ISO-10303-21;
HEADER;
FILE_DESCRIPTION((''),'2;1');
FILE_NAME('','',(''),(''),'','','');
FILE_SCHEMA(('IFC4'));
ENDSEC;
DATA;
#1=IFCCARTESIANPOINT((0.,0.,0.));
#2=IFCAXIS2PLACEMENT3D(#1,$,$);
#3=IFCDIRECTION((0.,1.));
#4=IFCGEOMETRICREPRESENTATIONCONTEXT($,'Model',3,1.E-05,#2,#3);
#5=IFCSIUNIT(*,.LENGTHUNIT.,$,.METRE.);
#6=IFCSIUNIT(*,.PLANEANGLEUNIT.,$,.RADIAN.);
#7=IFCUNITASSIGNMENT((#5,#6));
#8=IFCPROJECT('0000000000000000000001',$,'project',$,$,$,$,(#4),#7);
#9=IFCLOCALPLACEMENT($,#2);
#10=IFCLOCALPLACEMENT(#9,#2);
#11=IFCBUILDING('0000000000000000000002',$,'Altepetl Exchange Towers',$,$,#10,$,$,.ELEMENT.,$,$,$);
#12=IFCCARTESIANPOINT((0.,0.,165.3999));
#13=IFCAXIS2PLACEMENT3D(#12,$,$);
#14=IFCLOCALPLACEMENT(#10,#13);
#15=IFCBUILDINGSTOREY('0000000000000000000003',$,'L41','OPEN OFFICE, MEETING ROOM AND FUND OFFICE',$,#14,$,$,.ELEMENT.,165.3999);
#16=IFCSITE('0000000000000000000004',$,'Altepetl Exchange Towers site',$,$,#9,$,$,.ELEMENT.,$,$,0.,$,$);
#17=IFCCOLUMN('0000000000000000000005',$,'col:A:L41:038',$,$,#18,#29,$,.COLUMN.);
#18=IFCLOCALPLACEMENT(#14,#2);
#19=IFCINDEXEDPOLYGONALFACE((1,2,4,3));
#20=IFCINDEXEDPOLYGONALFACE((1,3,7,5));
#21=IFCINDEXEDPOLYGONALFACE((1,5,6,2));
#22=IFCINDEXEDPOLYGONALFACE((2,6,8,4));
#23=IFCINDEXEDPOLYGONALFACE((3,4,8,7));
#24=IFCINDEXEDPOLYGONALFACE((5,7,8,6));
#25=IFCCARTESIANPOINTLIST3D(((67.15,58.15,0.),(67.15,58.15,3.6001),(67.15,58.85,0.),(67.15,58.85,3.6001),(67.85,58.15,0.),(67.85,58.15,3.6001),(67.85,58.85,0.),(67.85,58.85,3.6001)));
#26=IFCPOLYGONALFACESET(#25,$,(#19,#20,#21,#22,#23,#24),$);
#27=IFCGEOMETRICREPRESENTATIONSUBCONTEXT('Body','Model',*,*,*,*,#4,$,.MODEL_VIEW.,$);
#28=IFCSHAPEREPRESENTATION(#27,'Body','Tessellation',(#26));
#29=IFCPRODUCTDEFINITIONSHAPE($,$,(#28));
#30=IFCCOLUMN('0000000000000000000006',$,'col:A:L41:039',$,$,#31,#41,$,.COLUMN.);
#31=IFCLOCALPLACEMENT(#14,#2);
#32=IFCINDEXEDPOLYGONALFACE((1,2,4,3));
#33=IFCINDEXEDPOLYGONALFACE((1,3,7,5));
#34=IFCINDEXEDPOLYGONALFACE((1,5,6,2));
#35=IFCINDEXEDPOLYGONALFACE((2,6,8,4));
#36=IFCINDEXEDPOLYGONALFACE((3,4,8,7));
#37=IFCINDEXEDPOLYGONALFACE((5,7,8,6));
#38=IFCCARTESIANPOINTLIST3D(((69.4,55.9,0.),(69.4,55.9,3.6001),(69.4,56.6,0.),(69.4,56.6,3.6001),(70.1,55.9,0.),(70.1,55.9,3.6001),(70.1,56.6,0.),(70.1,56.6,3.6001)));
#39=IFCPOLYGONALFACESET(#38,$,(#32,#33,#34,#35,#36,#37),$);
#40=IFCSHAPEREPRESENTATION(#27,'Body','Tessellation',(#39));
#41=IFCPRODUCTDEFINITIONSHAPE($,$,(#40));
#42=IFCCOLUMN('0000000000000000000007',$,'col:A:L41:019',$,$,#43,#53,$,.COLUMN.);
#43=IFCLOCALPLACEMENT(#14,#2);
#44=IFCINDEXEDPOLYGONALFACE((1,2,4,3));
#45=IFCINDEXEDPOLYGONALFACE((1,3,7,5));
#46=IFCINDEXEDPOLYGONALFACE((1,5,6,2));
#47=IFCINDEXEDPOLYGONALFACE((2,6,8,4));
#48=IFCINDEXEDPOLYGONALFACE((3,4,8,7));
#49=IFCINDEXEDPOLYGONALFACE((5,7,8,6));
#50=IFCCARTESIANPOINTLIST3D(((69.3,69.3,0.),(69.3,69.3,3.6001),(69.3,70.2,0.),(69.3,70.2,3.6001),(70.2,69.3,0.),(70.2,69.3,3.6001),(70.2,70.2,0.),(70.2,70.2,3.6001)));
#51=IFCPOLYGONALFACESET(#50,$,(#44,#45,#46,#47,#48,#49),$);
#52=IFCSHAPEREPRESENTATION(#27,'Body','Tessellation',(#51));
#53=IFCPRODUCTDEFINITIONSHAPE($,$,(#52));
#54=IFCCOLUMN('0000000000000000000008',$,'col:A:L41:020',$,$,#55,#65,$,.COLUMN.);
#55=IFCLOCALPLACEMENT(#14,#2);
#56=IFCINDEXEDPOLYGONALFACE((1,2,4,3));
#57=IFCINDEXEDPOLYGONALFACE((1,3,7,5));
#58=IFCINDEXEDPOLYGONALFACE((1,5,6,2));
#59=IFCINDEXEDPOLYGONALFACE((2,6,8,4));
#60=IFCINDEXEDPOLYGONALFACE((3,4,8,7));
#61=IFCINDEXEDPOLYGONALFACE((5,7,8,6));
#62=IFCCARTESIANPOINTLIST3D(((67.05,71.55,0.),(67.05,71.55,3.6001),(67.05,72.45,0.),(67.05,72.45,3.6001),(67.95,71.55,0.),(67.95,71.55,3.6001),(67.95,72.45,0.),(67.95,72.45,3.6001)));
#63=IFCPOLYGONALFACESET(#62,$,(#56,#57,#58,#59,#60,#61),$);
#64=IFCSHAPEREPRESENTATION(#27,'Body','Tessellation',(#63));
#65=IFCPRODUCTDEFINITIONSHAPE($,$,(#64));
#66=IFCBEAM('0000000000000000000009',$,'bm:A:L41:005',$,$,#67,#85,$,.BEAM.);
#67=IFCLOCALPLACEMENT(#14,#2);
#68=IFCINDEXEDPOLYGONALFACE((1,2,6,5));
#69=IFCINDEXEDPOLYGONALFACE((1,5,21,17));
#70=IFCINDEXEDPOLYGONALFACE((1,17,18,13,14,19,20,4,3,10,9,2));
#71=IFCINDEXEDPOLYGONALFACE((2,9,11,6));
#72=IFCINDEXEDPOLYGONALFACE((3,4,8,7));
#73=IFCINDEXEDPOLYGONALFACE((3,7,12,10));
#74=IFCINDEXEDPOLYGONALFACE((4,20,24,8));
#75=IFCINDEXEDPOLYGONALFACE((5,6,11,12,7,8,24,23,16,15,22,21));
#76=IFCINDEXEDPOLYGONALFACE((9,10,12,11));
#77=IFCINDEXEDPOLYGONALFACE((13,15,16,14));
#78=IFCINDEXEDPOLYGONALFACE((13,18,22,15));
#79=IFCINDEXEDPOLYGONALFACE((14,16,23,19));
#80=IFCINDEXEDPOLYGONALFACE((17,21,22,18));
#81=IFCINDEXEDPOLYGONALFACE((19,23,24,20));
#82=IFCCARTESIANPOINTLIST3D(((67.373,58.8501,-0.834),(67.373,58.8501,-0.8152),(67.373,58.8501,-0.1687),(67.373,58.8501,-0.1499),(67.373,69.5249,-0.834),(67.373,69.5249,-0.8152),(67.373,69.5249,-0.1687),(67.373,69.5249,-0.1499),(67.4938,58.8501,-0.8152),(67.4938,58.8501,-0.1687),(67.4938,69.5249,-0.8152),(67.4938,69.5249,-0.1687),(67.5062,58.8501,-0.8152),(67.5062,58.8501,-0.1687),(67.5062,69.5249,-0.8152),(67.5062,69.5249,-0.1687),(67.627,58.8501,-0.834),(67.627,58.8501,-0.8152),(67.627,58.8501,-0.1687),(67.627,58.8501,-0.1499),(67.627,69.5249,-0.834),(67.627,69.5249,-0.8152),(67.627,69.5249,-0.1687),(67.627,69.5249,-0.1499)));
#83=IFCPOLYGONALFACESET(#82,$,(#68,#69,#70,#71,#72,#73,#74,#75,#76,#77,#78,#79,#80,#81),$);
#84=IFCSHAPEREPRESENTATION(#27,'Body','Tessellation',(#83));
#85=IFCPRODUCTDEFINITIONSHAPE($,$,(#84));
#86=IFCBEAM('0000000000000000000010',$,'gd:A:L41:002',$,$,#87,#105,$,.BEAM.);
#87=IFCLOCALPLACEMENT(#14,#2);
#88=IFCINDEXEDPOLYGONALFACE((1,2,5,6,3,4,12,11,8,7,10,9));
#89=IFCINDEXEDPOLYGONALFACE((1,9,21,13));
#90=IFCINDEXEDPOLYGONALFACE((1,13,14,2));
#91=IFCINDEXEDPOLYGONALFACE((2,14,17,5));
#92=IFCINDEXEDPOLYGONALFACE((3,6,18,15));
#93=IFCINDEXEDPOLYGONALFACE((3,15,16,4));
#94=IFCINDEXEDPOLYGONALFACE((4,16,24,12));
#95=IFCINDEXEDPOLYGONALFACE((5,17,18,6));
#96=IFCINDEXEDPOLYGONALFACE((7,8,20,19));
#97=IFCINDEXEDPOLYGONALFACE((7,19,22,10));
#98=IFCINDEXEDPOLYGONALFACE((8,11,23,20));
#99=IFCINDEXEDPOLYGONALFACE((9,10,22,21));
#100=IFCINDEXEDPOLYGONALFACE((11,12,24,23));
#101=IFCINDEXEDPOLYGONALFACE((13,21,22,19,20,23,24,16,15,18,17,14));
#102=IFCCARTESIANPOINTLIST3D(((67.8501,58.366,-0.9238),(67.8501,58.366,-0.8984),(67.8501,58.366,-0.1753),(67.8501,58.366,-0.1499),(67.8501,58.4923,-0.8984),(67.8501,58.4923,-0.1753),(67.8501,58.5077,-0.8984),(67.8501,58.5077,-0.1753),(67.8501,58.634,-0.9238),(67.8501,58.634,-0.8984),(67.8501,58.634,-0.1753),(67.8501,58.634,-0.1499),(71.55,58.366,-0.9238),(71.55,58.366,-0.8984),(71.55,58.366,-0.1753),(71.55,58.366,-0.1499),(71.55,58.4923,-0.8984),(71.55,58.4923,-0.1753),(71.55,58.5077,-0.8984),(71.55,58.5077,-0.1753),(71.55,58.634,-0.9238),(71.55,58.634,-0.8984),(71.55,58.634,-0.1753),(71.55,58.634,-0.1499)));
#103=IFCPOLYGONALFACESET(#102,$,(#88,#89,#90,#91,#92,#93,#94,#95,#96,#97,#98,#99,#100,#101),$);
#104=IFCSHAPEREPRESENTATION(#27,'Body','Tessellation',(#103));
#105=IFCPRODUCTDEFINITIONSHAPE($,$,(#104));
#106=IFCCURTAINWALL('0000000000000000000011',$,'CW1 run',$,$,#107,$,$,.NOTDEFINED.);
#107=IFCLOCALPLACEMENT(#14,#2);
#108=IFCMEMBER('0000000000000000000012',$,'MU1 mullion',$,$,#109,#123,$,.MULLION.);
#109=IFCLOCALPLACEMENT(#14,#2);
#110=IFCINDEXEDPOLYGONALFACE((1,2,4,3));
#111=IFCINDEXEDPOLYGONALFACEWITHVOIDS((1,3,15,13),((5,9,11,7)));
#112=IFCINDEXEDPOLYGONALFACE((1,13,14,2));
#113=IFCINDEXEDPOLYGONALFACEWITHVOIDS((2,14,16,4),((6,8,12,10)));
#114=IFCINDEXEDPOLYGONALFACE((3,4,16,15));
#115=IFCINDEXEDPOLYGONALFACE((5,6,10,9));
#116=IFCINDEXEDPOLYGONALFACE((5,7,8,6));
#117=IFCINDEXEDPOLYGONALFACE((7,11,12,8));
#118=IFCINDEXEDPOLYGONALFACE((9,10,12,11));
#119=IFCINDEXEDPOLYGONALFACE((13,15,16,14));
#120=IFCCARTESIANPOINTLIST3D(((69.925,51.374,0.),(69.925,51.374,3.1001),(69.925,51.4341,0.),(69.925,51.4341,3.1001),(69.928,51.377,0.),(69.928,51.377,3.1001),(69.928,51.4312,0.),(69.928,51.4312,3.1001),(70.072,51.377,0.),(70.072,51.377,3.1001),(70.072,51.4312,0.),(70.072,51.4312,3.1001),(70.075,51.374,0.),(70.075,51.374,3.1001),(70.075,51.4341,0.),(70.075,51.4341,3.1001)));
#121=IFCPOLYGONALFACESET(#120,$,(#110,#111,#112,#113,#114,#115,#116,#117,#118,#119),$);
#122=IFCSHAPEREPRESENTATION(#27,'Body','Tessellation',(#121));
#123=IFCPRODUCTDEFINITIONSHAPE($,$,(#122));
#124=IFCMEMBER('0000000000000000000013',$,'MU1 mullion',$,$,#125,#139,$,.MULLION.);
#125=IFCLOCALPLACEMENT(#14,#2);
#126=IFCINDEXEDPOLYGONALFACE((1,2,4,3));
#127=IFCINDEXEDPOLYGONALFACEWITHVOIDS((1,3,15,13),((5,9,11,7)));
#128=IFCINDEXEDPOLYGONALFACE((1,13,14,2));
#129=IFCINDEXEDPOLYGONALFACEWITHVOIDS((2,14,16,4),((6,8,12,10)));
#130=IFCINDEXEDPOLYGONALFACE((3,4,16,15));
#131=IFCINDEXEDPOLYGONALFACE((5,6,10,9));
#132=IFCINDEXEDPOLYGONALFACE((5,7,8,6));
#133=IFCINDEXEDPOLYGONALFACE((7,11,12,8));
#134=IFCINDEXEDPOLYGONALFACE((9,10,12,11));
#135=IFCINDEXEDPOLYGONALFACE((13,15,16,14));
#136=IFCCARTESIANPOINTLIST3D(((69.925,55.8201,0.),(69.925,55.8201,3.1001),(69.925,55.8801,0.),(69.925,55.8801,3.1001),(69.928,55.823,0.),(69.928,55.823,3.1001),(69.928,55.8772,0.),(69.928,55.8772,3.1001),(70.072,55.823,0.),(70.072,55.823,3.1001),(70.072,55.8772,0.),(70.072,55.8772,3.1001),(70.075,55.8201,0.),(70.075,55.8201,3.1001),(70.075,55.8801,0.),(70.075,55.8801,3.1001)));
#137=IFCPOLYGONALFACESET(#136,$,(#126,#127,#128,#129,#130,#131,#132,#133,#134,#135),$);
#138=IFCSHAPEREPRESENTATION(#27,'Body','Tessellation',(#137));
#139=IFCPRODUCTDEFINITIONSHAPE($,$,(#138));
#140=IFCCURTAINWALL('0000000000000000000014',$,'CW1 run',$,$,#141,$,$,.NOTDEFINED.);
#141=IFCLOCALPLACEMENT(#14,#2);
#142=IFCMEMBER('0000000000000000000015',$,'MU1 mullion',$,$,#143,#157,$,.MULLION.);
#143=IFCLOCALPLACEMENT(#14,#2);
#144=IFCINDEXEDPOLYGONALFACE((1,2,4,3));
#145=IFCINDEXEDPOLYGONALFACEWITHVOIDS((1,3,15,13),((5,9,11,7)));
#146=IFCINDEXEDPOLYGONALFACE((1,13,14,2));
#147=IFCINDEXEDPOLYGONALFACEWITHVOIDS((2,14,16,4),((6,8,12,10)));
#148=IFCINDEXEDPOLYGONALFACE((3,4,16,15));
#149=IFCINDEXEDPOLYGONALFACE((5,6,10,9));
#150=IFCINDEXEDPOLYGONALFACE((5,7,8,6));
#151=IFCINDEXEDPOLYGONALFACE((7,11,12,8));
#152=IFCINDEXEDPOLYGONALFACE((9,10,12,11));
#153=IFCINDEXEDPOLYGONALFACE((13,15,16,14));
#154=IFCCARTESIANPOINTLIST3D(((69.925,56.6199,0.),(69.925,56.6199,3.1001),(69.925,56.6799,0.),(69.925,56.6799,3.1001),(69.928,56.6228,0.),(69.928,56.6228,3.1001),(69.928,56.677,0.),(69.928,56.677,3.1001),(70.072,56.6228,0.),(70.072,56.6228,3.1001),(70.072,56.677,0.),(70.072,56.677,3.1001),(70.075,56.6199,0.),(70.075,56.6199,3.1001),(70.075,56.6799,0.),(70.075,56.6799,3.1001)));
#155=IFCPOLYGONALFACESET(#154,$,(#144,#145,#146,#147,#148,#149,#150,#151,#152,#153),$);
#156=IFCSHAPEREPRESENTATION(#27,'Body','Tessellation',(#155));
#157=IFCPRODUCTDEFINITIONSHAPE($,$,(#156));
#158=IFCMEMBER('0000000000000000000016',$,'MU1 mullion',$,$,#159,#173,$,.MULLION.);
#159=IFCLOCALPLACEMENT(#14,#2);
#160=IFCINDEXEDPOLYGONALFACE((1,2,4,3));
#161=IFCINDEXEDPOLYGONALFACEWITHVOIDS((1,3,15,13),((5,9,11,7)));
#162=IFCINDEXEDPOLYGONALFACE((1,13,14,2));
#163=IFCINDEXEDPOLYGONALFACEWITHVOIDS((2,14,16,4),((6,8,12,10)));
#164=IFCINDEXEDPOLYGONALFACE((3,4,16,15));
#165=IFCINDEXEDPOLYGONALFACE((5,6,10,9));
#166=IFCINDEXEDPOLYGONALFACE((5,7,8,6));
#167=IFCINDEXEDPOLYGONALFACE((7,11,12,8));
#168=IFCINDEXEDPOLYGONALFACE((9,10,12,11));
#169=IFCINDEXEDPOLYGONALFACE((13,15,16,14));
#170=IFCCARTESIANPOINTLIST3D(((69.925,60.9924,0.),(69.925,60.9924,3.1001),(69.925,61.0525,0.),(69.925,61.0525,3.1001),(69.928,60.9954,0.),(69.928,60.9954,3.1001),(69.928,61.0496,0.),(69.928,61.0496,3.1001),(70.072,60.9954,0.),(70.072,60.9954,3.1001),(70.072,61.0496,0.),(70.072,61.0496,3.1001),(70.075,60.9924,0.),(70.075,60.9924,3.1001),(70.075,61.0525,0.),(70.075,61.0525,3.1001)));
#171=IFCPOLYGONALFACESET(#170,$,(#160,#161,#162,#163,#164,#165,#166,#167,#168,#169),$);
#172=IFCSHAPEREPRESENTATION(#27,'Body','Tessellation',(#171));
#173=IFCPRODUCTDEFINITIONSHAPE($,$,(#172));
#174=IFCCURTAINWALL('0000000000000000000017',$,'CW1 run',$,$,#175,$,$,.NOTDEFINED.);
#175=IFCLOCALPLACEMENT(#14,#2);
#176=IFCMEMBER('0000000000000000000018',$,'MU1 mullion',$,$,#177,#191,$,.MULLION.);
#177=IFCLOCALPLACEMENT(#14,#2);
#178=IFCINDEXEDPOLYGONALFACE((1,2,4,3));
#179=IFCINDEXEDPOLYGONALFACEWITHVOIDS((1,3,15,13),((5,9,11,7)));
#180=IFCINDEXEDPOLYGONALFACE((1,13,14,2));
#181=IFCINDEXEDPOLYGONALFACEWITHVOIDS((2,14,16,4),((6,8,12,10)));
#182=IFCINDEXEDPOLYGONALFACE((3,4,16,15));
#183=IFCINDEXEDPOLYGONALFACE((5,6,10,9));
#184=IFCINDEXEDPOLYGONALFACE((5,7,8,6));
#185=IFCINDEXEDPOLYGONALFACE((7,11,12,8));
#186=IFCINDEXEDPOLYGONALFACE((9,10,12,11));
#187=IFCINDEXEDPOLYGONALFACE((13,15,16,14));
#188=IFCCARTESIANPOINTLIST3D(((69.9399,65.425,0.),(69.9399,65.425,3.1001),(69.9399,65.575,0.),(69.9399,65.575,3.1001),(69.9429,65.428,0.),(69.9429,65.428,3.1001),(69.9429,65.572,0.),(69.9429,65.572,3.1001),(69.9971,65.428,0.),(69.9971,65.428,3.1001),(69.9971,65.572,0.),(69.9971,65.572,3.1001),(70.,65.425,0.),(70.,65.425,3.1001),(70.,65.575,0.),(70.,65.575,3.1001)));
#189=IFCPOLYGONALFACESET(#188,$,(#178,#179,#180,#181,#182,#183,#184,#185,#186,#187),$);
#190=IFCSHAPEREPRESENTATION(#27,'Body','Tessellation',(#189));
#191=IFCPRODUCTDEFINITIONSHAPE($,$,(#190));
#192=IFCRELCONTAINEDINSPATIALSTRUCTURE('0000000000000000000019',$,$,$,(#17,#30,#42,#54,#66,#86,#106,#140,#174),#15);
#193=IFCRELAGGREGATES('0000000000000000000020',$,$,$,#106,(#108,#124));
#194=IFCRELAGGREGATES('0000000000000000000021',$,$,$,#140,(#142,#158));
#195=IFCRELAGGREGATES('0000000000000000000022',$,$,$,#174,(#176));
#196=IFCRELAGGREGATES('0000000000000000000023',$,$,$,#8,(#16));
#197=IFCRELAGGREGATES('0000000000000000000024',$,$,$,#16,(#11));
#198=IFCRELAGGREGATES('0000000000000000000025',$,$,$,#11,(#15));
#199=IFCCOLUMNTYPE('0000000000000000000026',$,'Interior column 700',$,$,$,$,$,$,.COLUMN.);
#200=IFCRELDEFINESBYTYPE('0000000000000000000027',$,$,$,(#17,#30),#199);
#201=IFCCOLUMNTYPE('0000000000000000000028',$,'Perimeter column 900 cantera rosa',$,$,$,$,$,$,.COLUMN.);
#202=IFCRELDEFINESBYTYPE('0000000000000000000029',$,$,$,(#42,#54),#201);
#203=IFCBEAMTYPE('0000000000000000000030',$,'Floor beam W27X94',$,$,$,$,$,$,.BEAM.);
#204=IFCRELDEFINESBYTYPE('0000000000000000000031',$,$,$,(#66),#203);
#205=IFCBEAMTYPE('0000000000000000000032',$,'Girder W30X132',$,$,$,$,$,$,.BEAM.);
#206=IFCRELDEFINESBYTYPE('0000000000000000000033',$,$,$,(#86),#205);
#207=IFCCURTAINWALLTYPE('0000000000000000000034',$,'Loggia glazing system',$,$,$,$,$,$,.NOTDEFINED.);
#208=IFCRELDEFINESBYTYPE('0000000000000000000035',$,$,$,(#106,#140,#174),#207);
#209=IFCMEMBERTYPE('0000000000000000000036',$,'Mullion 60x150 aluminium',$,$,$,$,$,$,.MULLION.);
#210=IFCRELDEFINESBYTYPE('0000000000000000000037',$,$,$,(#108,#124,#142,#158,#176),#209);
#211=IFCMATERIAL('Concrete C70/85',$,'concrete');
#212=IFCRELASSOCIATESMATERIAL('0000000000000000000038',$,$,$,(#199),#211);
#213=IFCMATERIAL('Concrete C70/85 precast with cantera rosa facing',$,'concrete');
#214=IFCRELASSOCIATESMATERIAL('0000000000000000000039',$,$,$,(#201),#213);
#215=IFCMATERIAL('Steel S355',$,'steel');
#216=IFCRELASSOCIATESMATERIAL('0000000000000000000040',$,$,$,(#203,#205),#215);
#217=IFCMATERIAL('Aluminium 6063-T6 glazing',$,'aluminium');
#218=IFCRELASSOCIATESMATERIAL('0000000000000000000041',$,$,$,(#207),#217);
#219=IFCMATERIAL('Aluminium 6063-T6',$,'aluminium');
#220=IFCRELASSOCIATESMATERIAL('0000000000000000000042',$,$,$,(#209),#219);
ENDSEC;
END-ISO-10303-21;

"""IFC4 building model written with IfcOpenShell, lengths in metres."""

from ifc_helpers import new_model, si_unit, direction, frame, origin, origin_2d, place, context, subcontext, project, spatial, rectangle, hollow_rectangle, i_section, extrude, material, material_profile, profile_set, type_object, element, aggregate, save


model = new_model("IFC4")

# Units and contexts
model_context = context("Model", 3, precision=1e-05, world=origin(), true_north=direction((0.0, 1.0)))
body_context = subcontext(model_context, "Body", "Model", "MODEL_VIEW")
ifc_project = project(units=[si_unit("LENGTHUNIT", "METRE"), si_unit("PLANEANGLEUNIT", "RADIAN")], contexts=[model_context])

# Site, building, storey
site_placement = place(None, origin())
site = spatial("IfcSite", under=ifc_project, at=site_placement, Name="Altepetl Exchange Towers site", CompositionType="ELEMENT", RefElevation=0.0)
building_placement = place(site_placement, origin())
building = spatial("IfcBuilding", under=site, at=building_placement, Name="Altepetl Exchange Towers", CompositionType="ELEMENT")
storey_placement = place(building_placement, frame((0.0, 0.0, 165.3999)))
storey = spatial("IfcBuildingStorey", under=building, at=storey_placement, Name="L41", Description="OPEN OFFICE, MEETING ROOM AND FUND OFFICE", CompositionType="ELEMENT", Elevation=165.3999)

# Columns
ifc_material_1 = material(Name="Concrete C70/85", Category="concrete")
ifc_material_profile_1 = material_profile(ifc_material_1, rectangle(XDim=0.7, YDim=0.7, at=origin_2d()), Name="700 x 700")
ifc_profile_set_1 = profile_set([ifc_material_profile_1], Name="Concrete C70/85")
column_type_1 = type_object("IfcColumnType", Name="Interior column 700", PredefinedType="COLUMN", material=ifc_profile_set_1)
for number, where, name in (
    (1, (67.5, 58.5, 0.0), "col:A:L41:038"),
    (2, (69.75, 56.25, 0.0), "col:A:L41:039"),
):
    element("IfcColumn", number, at=place(storey_placement, frame(where)), inside=storey, type_object=column_type_1, Name=name, PredefinedType="COLUMN", context=body_context, shape_type="SweptSolid", body=[
        extrude(rectangle(XDim=0.7, YDim=0.7, at=origin_2d()), origin(), (0.0, 0.0, 1.0), 3.6001),
    ])
ifc_material_2 = material(Name="Concrete C70/85 precast with cantera rosa facing", Category="concrete")
ifc_material_profile_2 = material_profile(ifc_material_2, rectangle(XDim=0.8999, YDim=0.8999, at=origin_2d()), Name="900 x 900")
ifc_profile_set_2 = profile_set([ifc_material_profile_2], Name="Concrete C70/85 precast with cantera rosa facing")
column_type_2 = type_object("IfcColumnType", Name="Perimeter column 900 cantera rosa", PredefinedType="COLUMN", material=ifc_profile_set_2)
for number, where, name in (
    (3, (69.75, 69.75, 0.0), "col:A:L41:019"),
    (4, (67.5, 72.0, 0.0), "col:A:L41:020"),
):
    element("IfcColumn", number, at=place(storey_placement, frame(where)), inside=storey, type_object=column_type_2, Name=name, PredefinedType="COLUMN", context=body_context, shape_type="SweptSolid", body=[
        extrude(rectangle(XDim=0.8999, YDim=0.8999, at=origin_2d()), origin(), (0.0, 0.0, 1.0), 3.6001),
    ])

# Beams
ifc_material_3 = material(Name="Steel S355", Category="steel")
ifc_material_profile_3 = material_profile(ifc_material_3, i_section(OverallWidth=0.2539, OverallDepth=0.6841, WebThickness=0.0125, FlangeThickness=0.0188, at=origin_2d()), Name="W27X94")
ifc_profile_set_3 = profile_set([ifc_material_profile_3], Name="Steel S355")
beam_type_1 = type_object("IfcBeamType", Name="Floor beam W27X94", PredefinedType="BEAM", material=ifc_profile_set_3)
beam_1_placement = place(storey_placement, frame((67.5, 58.8501, -0.4919), z_axis=(0.0, 1.0, 0.0), x_axis=(-1.0, 0.0, 0.0)))
element("IfcBeam", 5, at=beam_1_placement, inside=storey, type_object=beam_type_1, Name="bm:A:L41:005", PredefinedType="BEAM", context=body_context, shape_type="SweptSolid", body=[
    extrude(i_section(OverallWidth=0.2539, OverallDepth=0.6841, WebThickness=0.0125, FlangeThickness=0.0188, at=origin_2d()), origin(), (0.0, 0.0, 1.0), 10.6748),
])
ifc_material_profile_4 = material_profile(ifc_material_3, i_section(OverallWidth=0.2681, OverallDepth=0.7739, WebThickness=0.0154, FlangeThickness=0.0254, at=origin_2d()), Name="W30X132")
ifc_profile_set_4 = profile_set([ifc_material_profile_4], Name="Steel S355")
beam_type_2 = type_object("IfcBeamType", Name="Girder W30X132", PredefinedType="BEAM", material=ifc_profile_set_4)
beam_2_placement = place(storey_placement, frame((67.8501, 58.5, -0.5369), z_axis=(1.0, 0.0, 0.0), x_axis=(0.0, 1.0, 0.0)))
element("IfcBeam", 6, at=beam_2_placement, inside=storey, type_object=beam_type_2, Name="gd:A:L41:002", PredefinedType="BEAM", context=body_context, shape_type="SweptSolid", body=[
    extrude(i_section(OverallWidth=0.2681, OverallDepth=0.7739, WebThickness=0.0154, FlangeThickness=0.0254, at=origin_2d()), origin(), (0.0, 0.0, 1.0), 3.7),
])

# Curtain walls, members
ifc_material_4 = material(Name="Aluminium 6063-T6 glazing", Category="aluminium")
curtain_wall_type = type_object("IfcCurtainWallType", Name="Loggia glazing system", PredefinedType="NOTDEFINED", material=ifc_material_4)
curtain_wall_1_placement = place(storey_placement, origin())
curtain_wall_1 = element("IfcCurtainWall", 7, at=curtain_wall_1_placement, inside=storey, type_object=curtain_wall_type, Name="CW1 run", PredefinedType="NOTDEFINED")
ifc_material_5 = material(Name="Aluminium 6063-T6", Category="aluminium")
ifc_material_profile_5 = material_profile(ifc_material_5, hollow_rectangle(XDim=0.0601, YDim=0.1499, WallThickness=0.0029, at=origin_2d()), Name="Mullion 60x150 aluminium")
ifc_profile_set_5 = profile_set([ifc_material_profile_5], Name="Aluminium 6063-T6")
member_type = type_object("IfcMemberType", Name="Mullion 60x150 aluminium", PredefinedType="MULLION", material=ifc_profile_set_5)
member_1_placement = place(storey_placement, frame((70.0, 51.4041, 0.0), z_axis=(0.0, 0.0, 1.0), x_axis=(0.0, 1.0, 0.0)))
member_1 = element("IfcMember", 8, at=member_1_placement, type_object=member_type, Name="MU1 mullion", PredefinedType="MULLION", context=body_context, shape_type="SweptSolid", body=[
    extrude(hollow_rectangle(XDim=0.0601, YDim=0.1499, WallThickness=0.0029, at=origin_2d()), origin(), (0.0, 0.0, 1.0), 3.1001),
])
member_2_placement = place(storey_placement, frame((70.0, 55.8501, 0.0), z_axis=(0.0, 0.0, 1.0), x_axis=(0.0, 1.0, 0.0)))
member_2 = element("IfcMember", 9, at=member_2_placement, type_object=member_type, Name="MU1 mullion", PredefinedType="MULLION", context=body_context, shape_type="SweptSolid", body=[
    extrude(hollow_rectangle(XDim=0.0601, YDim=0.1499, WallThickness=0.0029, at=origin_2d()), origin(), (0.0, 0.0, 1.0), 3.1001),
])
curtain_wall_2_placement = place(storey_placement, origin())
curtain_wall_2 = element("IfcCurtainWall", 10, at=curtain_wall_2_placement, inside=storey, type_object=curtain_wall_type, Name="CW1 run", PredefinedType="NOTDEFINED")
member_3_placement = place(storey_placement, frame((70.0, 56.6499, 0.0), z_axis=(0.0, 0.0, 1.0), x_axis=(0.0, 1.0, 0.0)))
member_3 = element("IfcMember", 11, at=member_3_placement, type_object=member_type, Name="MU1 mullion", PredefinedType="MULLION", context=body_context, shape_type="SweptSolid", body=[
    extrude(hollow_rectangle(XDim=0.0601, YDim=0.1499, WallThickness=0.0029, at=origin_2d()), origin(), (0.0, 0.0, 1.0), 3.1001),
])
member_4_placement = place(storey_placement, frame((70.0, 61.0225, 0.0), z_axis=(0.0, 0.0, 1.0), x_axis=(0.0, 1.0, 0.0)))
member_4 = element("IfcMember", 12, at=member_4_placement, type_object=member_type, Name="MU1 mullion", PredefinedType="MULLION", context=body_context, shape_type="SweptSolid", body=[
    extrude(hollow_rectangle(XDim=0.0601, YDim=0.1499, WallThickness=0.0029, at=origin_2d()), origin(), (0.0, 0.0, 1.0), 3.1001),
])
curtain_wall_3_placement = place(storey_placement, origin())
curtain_wall_3 = element("IfcCurtainWall", 13, at=curtain_wall_3_placement, inside=storey, type_object=curtain_wall_type, Name="CW1 run", PredefinedType="NOTDEFINED")
member_5_placement = place(storey_placement, frame((69.97, 65.5, 0.0), z_axis=(0.0, 0.0, 1.0), x_axis=(-1.0, 0.0, 0.0)))
member_5 = element("IfcMember", 14, at=member_5_placement, type_object=member_type, Name="MU1 mullion", PredefinedType="MULLION", context=body_context, shape_type="SweptSolid", body=[
    extrude(hollow_rectangle(XDim=0.0601, YDim=0.1499, WallThickness=0.0029, at=origin_2d()), origin(), (0.0, 0.0, 1.0), 3.1001),
])

aggregate(curtain_wall_1, [member_1, member_2])
aggregate(curtain_wall_2, [member_3, member_4])
aggregate(curtain_wall_3, [member_5])

save(model, "model.ifc")
